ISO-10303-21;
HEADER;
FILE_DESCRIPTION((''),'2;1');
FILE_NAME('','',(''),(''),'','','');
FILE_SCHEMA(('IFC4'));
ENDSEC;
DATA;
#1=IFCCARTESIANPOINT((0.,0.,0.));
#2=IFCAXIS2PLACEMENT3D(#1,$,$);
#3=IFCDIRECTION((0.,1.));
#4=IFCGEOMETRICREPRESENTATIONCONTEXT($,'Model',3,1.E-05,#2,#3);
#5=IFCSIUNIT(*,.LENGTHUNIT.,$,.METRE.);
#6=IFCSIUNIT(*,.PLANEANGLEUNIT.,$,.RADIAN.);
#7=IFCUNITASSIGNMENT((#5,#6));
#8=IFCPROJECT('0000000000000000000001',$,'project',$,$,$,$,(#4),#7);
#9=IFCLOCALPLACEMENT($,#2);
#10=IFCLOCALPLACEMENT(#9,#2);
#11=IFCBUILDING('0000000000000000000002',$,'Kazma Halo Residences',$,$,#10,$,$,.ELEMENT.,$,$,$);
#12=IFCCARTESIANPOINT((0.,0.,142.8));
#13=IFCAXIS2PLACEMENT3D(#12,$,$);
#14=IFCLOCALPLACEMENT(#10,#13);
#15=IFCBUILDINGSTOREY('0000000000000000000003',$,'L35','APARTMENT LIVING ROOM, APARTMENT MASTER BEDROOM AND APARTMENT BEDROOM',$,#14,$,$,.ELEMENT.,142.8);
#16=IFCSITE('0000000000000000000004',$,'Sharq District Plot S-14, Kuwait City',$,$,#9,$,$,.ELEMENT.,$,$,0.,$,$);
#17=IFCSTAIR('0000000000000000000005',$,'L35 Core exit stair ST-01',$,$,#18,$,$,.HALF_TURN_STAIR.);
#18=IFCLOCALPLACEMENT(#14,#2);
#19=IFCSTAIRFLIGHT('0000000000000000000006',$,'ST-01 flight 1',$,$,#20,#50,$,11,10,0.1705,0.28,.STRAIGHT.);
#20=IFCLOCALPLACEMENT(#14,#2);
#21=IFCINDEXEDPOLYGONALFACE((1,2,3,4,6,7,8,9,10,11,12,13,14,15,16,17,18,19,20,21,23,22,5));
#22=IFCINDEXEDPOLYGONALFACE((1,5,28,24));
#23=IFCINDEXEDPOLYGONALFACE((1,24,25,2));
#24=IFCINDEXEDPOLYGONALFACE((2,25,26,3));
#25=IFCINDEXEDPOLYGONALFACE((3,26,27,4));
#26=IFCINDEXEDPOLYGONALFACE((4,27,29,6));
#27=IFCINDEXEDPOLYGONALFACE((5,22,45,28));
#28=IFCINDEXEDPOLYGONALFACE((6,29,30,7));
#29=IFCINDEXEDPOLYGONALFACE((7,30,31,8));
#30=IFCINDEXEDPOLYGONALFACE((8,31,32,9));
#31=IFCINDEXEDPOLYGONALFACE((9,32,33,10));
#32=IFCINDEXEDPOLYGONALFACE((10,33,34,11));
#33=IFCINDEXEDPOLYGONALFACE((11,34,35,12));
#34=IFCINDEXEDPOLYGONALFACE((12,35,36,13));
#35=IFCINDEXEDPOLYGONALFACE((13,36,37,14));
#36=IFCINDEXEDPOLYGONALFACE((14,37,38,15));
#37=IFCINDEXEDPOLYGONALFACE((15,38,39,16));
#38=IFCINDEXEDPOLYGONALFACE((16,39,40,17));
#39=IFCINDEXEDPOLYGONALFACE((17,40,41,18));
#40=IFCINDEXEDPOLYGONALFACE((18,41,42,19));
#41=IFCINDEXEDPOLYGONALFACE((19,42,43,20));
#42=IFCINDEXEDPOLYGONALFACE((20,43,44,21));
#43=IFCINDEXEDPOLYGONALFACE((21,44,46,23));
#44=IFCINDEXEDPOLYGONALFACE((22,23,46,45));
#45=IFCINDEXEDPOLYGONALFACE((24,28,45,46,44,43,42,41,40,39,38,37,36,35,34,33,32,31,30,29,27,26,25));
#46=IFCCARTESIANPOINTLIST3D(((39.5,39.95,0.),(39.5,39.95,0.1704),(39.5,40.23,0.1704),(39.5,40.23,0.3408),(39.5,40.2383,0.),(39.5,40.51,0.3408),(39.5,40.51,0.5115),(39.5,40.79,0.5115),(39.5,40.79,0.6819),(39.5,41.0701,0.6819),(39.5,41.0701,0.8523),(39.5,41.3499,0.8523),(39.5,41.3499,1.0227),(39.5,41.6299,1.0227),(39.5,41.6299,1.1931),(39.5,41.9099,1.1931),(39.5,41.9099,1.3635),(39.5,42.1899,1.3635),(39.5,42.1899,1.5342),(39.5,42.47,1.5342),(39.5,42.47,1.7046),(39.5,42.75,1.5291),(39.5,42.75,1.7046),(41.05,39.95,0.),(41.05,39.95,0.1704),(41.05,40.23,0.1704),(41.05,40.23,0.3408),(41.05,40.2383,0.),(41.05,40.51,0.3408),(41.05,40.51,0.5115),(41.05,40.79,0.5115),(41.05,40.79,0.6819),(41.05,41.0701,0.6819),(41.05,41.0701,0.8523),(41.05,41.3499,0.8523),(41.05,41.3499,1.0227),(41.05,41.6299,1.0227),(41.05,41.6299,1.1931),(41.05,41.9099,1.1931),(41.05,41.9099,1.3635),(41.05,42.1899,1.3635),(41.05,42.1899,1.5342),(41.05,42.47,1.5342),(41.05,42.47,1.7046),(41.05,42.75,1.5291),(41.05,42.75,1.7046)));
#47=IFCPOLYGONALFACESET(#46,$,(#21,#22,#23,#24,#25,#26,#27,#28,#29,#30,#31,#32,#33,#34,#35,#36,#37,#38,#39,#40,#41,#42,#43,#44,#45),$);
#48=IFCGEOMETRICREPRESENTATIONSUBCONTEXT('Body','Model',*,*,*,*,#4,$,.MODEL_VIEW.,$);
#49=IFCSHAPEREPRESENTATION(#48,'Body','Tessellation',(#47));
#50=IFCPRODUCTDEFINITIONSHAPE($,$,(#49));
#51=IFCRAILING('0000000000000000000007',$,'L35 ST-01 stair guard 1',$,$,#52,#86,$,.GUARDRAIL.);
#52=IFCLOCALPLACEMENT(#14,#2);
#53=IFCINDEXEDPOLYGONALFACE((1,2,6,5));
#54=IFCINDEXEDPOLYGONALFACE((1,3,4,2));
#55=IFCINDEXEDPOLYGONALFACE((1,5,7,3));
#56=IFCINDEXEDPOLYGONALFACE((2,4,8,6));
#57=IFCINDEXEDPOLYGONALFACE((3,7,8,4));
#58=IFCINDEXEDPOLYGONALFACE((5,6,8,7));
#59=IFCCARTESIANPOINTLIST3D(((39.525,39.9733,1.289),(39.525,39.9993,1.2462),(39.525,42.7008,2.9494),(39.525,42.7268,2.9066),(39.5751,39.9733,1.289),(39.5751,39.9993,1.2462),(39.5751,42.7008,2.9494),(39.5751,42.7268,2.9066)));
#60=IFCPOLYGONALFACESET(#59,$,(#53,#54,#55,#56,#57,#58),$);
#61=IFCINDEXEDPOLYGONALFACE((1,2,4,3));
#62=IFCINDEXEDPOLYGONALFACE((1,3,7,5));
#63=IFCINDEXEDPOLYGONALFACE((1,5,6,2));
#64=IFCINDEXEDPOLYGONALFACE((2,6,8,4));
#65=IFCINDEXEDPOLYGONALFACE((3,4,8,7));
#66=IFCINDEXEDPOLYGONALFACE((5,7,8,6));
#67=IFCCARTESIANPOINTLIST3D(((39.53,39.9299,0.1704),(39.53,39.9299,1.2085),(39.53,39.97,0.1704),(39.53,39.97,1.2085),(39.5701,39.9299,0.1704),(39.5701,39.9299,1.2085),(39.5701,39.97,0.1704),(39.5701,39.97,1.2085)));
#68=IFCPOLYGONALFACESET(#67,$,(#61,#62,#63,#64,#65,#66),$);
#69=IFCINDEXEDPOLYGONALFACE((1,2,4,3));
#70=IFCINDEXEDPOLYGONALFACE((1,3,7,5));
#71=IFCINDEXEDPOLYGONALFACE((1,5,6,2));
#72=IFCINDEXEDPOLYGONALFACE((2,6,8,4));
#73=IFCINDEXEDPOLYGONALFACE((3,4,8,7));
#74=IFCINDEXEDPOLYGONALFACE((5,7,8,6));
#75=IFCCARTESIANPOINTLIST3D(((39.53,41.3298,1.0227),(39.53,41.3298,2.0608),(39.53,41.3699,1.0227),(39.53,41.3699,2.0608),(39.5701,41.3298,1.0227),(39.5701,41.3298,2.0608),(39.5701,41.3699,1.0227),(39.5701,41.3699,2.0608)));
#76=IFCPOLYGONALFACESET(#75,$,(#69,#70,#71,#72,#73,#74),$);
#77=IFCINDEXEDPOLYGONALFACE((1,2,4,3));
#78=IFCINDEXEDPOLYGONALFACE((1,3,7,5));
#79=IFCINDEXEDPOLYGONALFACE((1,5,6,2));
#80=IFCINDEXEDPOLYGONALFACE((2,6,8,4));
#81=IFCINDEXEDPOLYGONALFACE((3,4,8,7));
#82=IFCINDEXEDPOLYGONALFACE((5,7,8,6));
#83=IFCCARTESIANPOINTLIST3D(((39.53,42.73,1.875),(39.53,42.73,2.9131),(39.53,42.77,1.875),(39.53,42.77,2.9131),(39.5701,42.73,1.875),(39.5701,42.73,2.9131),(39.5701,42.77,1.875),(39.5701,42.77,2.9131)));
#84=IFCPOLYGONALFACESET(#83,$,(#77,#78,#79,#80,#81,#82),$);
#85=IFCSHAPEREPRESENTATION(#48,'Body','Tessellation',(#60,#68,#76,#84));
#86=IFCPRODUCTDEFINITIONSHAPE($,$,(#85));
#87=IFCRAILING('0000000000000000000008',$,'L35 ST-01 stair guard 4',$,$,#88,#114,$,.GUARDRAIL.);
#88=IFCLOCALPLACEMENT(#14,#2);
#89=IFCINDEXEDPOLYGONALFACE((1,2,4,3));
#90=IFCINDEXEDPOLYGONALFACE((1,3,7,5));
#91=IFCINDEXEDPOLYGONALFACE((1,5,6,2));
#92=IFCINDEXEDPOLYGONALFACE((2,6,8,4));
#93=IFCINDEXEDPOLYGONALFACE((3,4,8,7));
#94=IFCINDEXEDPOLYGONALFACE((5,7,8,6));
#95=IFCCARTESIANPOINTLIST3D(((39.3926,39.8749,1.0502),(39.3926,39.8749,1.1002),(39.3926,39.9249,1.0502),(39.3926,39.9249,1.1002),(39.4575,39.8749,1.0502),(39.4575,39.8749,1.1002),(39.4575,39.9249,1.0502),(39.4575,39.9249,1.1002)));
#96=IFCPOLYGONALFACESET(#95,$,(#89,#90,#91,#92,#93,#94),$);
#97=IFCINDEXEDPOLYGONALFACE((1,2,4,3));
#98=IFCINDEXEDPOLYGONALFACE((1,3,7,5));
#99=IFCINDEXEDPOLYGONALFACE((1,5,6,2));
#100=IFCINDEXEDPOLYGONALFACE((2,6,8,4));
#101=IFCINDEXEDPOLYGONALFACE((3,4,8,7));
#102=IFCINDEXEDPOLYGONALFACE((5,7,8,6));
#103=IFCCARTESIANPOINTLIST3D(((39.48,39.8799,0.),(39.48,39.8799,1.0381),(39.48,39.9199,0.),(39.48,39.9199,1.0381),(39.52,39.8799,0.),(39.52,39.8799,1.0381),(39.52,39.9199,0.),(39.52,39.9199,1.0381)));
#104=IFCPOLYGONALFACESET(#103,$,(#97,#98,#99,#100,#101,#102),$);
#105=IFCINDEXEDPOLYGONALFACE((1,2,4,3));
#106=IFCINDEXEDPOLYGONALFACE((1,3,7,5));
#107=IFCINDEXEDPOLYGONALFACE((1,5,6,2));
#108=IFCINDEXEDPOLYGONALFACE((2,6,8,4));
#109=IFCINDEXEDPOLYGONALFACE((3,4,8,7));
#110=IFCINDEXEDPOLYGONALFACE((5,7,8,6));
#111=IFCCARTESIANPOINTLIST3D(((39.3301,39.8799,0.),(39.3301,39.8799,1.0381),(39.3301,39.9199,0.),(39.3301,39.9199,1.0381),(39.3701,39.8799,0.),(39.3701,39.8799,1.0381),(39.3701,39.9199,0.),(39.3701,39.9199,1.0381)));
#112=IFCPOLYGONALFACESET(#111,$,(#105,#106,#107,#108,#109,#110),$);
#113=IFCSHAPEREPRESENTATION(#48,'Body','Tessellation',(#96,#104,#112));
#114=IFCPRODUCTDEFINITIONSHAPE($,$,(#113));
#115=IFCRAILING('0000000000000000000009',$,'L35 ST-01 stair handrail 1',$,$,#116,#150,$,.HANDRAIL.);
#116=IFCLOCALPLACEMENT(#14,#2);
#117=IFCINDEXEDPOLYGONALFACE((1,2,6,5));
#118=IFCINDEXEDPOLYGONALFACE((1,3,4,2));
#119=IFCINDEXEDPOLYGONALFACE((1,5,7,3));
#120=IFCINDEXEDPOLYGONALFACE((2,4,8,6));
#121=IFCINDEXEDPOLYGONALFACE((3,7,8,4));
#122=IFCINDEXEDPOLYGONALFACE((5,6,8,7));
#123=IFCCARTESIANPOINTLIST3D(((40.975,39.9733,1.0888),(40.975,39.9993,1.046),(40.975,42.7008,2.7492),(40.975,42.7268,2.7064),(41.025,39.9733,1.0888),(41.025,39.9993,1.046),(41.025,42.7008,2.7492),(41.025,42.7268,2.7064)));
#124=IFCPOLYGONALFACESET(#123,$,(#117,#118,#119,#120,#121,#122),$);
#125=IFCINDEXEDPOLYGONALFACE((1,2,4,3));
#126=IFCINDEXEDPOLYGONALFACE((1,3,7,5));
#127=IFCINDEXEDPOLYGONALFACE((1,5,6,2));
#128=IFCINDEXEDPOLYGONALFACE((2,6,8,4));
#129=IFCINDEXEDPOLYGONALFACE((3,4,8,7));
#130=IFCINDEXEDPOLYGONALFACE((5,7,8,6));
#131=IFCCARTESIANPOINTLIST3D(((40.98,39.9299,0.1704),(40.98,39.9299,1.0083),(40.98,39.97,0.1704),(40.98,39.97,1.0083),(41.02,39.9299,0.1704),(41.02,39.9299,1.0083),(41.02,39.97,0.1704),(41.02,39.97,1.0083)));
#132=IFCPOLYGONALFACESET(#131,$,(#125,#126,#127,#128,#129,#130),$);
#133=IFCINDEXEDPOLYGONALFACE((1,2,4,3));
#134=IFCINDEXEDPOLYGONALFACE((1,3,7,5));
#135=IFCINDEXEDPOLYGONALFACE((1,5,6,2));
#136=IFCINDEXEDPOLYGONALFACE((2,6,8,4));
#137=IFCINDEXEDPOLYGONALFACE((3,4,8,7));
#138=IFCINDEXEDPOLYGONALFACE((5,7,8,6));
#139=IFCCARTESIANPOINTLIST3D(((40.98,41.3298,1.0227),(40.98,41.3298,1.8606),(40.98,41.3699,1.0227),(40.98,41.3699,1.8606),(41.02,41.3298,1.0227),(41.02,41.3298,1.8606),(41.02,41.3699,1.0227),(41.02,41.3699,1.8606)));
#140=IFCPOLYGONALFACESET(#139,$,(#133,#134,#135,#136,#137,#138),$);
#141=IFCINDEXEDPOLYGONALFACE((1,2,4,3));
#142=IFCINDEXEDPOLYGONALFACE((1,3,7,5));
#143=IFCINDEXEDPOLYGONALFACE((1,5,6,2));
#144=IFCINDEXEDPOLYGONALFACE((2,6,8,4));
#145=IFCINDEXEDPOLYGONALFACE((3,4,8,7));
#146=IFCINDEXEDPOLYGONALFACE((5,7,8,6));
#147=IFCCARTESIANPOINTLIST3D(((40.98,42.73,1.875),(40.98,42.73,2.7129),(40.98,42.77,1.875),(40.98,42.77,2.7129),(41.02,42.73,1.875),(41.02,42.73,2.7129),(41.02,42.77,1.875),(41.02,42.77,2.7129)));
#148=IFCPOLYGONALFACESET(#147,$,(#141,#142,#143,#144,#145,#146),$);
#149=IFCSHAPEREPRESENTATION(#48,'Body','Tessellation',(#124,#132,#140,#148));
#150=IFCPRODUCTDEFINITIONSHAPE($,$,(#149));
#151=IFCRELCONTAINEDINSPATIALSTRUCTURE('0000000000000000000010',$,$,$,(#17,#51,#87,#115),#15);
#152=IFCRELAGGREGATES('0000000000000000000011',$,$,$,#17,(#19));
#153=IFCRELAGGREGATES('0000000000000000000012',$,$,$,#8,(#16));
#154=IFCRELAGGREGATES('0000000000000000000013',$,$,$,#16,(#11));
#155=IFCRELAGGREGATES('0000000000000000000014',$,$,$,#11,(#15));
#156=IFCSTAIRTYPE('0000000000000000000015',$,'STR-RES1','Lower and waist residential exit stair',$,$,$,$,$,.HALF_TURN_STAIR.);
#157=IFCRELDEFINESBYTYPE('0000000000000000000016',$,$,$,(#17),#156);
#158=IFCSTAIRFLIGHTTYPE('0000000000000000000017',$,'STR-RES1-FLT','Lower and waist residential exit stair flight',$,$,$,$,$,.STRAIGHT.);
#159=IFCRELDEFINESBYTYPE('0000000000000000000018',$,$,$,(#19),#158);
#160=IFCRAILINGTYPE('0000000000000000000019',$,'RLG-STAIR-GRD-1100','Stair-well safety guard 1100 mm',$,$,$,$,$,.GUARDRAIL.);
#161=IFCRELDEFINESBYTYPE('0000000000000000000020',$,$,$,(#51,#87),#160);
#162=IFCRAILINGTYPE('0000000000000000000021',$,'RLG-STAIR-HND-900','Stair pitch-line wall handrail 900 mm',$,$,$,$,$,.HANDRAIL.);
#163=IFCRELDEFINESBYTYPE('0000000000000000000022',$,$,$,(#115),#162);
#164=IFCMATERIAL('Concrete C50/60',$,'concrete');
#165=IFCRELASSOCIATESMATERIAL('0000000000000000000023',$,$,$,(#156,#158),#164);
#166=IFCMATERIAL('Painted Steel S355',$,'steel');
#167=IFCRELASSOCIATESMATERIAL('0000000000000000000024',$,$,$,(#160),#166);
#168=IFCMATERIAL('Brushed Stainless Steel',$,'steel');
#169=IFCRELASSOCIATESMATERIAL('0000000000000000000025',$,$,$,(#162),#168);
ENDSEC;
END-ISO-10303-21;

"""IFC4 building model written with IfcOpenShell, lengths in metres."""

from ifc_helpers import new_model, si_unit, direction, frame, origin, origin_2d, place, context, subcontext, project, spatial, polyline, rectangle, outline, extrude, material, type_object, element, aggregate, save


model = new_model("IFC4")

# Units and contexts
model_context = context("Model", 3, precision=1e-05, world=origin(), true_north=direction((0.0, 1.0)))
body_context = subcontext(model_context, "Body", "Model", "MODEL_VIEW")
ifc_project = project(units=[si_unit("LENGTHUNIT", "METRE"), si_unit("PLANEANGLEUNIT", "RADIAN")], contexts=[model_context])

# Site, building, storey
site_placement = place(None, origin())
site = spatial("IfcSite", under=ifc_project, at=site_placement, Name="Sharq District Plot S-14, Kuwait City", CompositionType="ELEMENT", RefElevation=0.0)
building_placement = place(site_placement, origin())
building = spatial("IfcBuilding", under=site, at=building_placement, Name="Kazma Halo Residences", CompositionType="ELEMENT")
storey_placement = place(building_placement, frame((0.0, 0.0, 142.8)))
storey = spatial("IfcBuildingStorey", under=building, at=storey_placement, Name="L35", Description="APARTMENT LIVING ROOM, APARTMENT MASTER BEDROOM AND APARTMENT BEDROOM", CompositionType="ELEMENT", Elevation=142.8)

# Shared definitions
ifc_material_1 = material(Name="Concrete C50/60", Category="concrete")

# Stair, stair flight
stair_type = type_object("IfcStairType", Name="STR-RES1", Description="Lower and waist residential exit stair", PredefinedType="HALF_TURN_STAIR", material=ifc_material_1)
stair_placement = place(storey_placement, origin())
stair = element("IfcStair", 1, at=stair_placement, inside=storey, type_object=stair_type, Name="L35 Core exit stair ST-01", PredefinedType="HALF_TURN_STAIR")
stair_flight_type = type_object("IfcStairFlightType", Name="STR-RES1-FLT", Description="Lower and waist residential exit stair flight", PredefinedType="STRAIGHT", material=ifc_material_1)
stair_flight_placement = place(storey_placement, frame((40.2749, 39.95, 0.0), z_axis=(0.0, 0.0, 1.0), x_axis=(0.0, 1.0, 0.0)))
stair_flight = element("IfcStairFlight", 2, at=stair_flight_placement, type_object=stair_flight_type, Name="ST-01 flight 1", NumberOfRisers=11, NumberOfTreads=10, PredefinedType="STRAIGHT", RiserHeight=0.1705, TreadLength=0.28, context=body_context, shape_type="SweptSolid", body=[
    extrude(outline(polyline([(0.0, 0.0), (0.0, 0.1704), (0.28, 0.1704), (0.28, 0.3408), (0.5601, 0.3408), (0.5601, 0.5115), (0.8401, 0.5115), (0.8401, 0.6819), (1.1201, 0.6819), (1.1201, 0.8523), (1.3999, 0.8523), (1.3999, 1.0227), (1.6799, 1.0227), (1.6799, 1.1931), (1.96, 1.1931), (1.96, 1.3635), (2.24, 1.3635), (2.24, 1.5342), (2.52, 1.5342), (2.52, 1.7046), (2.8, 1.7046), (2.8, 1.875), (2.8, 1.5291), (0.2883, 0.0), (0.0, 0.0)])), frame((0.0, 0.7749, 0.0), z_axis=(0.0, -1.0, 0.0), x_axis=(1.0, 0.0, 0.0)), (0.0, 0.0, 1.0), 1.55),
])
aggregate(stair, [stair_flight])

# Railings
ifc_material_2 = material(Name="Painted Steel S355", Category="steel")
railing_type_1 = type_object("IfcRailingType", Name="RLG-STAIR-GRD-1100", Description="Stair-well safety guard 1100 mm", PredefinedType="GUARDRAIL", material=ifc_material_2)
railing_1_placement = place(storey_placement, frame((39.55, 39.95, 0.1704)))
element("IfcRailing", 3, at=railing_1_placement, inside=storey, type_object=railing_type_1, Name="L35 ST-01 stair guard 1", PredefinedType="GUARDRAIL", context=body_context, shape_type="SweptSolid", body=[
    extrude(rectangle(XDim=0.05, YDim=0.05, at=origin_2d()), frame((0.0, 0.0364, 1.0972), z_axis=(0.0, 0.85417, 0.519994), x_axis=(-1.0, 0.0, 0.0)), (0.0, 0.0, 1.0), 3.1931),
    extrude(rectangle(XDim=0.04, YDim=0.04, at=origin_2d()), origin(), (0.0, 0.0, 1.0), 1.0381),
    extrude(rectangle(XDim=0.04, YDim=0.04, at=origin_2d()), frame((0.0, 1.3999, 0.8523)), (0.0, 0.0, 1.0), 1.0381),
    extrude(rectangle(XDim=0.04, YDim=0.04, at=origin_2d()), frame((0.0, 2.8, 1.7046)), (0.0, 0.0, 1.0), 1.0381),
])
railing_2_placement = place(storey_placement, frame((39.5, 39.8999, 0.0)))
element("IfcRailing", 4, at=railing_2_placement, inside=storey, type_object=railing_type_1, Name="L35 ST-01 stair guard 4", PredefinedType="GUARDRAIL", context=body_context, shape_type="SweptSolid", body=[
    extrude(rectangle(XDim=0.05, YDim=0.05, at=origin_2d()), frame((-0.0425, 0.0, 1.0752), z_axis=(-1.0, 0.0, 0.0), x_axis=(0.0, -1.0, 0.0)), (0.0, 0.0, 1.0), 0.0649),
    extrude(rectangle(XDim=0.04, YDim=0.04, at=origin_2d()), origin(), (0.0, 0.0, 1.0), 1.0381),
    extrude(rectangle(XDim=0.04, YDim=0.04, at=origin_2d()), frame((-0.1499, 0.0, 0.0)), (0.0, 0.0, 1.0), 1.0381),
])
ifc_material_3 = material(Name="Brushed Stainless Steel", Category="steel")
railing_type_2 = type_object("IfcRailingType", Name="RLG-STAIR-HND-900", Description="Stair pitch-line wall handrail 900 mm", PredefinedType="HANDRAIL", material=ifc_material_3)
railing_3_placement = place(storey_placement, frame((41.0, 39.95, 0.1704)))
element("IfcRailing", 5, at=railing_3_placement, inside=storey, type_object=railing_type_2, Name="L35 ST-01 stair handrail 1", PredefinedType="HANDRAIL", context=body_context, shape_type="SweptSolid", body=[
    extrude(rectangle(XDim=0.05, YDim=0.05, at=origin_2d()), frame((0.0, 0.0364, 0.897), z_axis=(0.0, 0.85417, 0.519994), x_axis=(-1.0, 0.0, 0.0)), (0.0, 0.0, 1.0), 3.1931),
    extrude(rectangle(XDim=0.04, YDim=0.04, at=origin_2d()), origin(), (0.0, 0.0, 1.0), 0.8379),
    extrude(rectangle(XDim=0.04, YDim=0.04, at=origin_2d()), frame((0.0, 1.3999, 0.8523)), (0.0, 0.0, 1.0), 0.8379),
    extrude(rectangle(XDim=0.04, YDim=0.04, at=origin_2d()), frame((0.0, 2.8, 1.7046)), (0.0, 0.0, 1.0), 0.8379),
])

save(model, "model.ifc")
